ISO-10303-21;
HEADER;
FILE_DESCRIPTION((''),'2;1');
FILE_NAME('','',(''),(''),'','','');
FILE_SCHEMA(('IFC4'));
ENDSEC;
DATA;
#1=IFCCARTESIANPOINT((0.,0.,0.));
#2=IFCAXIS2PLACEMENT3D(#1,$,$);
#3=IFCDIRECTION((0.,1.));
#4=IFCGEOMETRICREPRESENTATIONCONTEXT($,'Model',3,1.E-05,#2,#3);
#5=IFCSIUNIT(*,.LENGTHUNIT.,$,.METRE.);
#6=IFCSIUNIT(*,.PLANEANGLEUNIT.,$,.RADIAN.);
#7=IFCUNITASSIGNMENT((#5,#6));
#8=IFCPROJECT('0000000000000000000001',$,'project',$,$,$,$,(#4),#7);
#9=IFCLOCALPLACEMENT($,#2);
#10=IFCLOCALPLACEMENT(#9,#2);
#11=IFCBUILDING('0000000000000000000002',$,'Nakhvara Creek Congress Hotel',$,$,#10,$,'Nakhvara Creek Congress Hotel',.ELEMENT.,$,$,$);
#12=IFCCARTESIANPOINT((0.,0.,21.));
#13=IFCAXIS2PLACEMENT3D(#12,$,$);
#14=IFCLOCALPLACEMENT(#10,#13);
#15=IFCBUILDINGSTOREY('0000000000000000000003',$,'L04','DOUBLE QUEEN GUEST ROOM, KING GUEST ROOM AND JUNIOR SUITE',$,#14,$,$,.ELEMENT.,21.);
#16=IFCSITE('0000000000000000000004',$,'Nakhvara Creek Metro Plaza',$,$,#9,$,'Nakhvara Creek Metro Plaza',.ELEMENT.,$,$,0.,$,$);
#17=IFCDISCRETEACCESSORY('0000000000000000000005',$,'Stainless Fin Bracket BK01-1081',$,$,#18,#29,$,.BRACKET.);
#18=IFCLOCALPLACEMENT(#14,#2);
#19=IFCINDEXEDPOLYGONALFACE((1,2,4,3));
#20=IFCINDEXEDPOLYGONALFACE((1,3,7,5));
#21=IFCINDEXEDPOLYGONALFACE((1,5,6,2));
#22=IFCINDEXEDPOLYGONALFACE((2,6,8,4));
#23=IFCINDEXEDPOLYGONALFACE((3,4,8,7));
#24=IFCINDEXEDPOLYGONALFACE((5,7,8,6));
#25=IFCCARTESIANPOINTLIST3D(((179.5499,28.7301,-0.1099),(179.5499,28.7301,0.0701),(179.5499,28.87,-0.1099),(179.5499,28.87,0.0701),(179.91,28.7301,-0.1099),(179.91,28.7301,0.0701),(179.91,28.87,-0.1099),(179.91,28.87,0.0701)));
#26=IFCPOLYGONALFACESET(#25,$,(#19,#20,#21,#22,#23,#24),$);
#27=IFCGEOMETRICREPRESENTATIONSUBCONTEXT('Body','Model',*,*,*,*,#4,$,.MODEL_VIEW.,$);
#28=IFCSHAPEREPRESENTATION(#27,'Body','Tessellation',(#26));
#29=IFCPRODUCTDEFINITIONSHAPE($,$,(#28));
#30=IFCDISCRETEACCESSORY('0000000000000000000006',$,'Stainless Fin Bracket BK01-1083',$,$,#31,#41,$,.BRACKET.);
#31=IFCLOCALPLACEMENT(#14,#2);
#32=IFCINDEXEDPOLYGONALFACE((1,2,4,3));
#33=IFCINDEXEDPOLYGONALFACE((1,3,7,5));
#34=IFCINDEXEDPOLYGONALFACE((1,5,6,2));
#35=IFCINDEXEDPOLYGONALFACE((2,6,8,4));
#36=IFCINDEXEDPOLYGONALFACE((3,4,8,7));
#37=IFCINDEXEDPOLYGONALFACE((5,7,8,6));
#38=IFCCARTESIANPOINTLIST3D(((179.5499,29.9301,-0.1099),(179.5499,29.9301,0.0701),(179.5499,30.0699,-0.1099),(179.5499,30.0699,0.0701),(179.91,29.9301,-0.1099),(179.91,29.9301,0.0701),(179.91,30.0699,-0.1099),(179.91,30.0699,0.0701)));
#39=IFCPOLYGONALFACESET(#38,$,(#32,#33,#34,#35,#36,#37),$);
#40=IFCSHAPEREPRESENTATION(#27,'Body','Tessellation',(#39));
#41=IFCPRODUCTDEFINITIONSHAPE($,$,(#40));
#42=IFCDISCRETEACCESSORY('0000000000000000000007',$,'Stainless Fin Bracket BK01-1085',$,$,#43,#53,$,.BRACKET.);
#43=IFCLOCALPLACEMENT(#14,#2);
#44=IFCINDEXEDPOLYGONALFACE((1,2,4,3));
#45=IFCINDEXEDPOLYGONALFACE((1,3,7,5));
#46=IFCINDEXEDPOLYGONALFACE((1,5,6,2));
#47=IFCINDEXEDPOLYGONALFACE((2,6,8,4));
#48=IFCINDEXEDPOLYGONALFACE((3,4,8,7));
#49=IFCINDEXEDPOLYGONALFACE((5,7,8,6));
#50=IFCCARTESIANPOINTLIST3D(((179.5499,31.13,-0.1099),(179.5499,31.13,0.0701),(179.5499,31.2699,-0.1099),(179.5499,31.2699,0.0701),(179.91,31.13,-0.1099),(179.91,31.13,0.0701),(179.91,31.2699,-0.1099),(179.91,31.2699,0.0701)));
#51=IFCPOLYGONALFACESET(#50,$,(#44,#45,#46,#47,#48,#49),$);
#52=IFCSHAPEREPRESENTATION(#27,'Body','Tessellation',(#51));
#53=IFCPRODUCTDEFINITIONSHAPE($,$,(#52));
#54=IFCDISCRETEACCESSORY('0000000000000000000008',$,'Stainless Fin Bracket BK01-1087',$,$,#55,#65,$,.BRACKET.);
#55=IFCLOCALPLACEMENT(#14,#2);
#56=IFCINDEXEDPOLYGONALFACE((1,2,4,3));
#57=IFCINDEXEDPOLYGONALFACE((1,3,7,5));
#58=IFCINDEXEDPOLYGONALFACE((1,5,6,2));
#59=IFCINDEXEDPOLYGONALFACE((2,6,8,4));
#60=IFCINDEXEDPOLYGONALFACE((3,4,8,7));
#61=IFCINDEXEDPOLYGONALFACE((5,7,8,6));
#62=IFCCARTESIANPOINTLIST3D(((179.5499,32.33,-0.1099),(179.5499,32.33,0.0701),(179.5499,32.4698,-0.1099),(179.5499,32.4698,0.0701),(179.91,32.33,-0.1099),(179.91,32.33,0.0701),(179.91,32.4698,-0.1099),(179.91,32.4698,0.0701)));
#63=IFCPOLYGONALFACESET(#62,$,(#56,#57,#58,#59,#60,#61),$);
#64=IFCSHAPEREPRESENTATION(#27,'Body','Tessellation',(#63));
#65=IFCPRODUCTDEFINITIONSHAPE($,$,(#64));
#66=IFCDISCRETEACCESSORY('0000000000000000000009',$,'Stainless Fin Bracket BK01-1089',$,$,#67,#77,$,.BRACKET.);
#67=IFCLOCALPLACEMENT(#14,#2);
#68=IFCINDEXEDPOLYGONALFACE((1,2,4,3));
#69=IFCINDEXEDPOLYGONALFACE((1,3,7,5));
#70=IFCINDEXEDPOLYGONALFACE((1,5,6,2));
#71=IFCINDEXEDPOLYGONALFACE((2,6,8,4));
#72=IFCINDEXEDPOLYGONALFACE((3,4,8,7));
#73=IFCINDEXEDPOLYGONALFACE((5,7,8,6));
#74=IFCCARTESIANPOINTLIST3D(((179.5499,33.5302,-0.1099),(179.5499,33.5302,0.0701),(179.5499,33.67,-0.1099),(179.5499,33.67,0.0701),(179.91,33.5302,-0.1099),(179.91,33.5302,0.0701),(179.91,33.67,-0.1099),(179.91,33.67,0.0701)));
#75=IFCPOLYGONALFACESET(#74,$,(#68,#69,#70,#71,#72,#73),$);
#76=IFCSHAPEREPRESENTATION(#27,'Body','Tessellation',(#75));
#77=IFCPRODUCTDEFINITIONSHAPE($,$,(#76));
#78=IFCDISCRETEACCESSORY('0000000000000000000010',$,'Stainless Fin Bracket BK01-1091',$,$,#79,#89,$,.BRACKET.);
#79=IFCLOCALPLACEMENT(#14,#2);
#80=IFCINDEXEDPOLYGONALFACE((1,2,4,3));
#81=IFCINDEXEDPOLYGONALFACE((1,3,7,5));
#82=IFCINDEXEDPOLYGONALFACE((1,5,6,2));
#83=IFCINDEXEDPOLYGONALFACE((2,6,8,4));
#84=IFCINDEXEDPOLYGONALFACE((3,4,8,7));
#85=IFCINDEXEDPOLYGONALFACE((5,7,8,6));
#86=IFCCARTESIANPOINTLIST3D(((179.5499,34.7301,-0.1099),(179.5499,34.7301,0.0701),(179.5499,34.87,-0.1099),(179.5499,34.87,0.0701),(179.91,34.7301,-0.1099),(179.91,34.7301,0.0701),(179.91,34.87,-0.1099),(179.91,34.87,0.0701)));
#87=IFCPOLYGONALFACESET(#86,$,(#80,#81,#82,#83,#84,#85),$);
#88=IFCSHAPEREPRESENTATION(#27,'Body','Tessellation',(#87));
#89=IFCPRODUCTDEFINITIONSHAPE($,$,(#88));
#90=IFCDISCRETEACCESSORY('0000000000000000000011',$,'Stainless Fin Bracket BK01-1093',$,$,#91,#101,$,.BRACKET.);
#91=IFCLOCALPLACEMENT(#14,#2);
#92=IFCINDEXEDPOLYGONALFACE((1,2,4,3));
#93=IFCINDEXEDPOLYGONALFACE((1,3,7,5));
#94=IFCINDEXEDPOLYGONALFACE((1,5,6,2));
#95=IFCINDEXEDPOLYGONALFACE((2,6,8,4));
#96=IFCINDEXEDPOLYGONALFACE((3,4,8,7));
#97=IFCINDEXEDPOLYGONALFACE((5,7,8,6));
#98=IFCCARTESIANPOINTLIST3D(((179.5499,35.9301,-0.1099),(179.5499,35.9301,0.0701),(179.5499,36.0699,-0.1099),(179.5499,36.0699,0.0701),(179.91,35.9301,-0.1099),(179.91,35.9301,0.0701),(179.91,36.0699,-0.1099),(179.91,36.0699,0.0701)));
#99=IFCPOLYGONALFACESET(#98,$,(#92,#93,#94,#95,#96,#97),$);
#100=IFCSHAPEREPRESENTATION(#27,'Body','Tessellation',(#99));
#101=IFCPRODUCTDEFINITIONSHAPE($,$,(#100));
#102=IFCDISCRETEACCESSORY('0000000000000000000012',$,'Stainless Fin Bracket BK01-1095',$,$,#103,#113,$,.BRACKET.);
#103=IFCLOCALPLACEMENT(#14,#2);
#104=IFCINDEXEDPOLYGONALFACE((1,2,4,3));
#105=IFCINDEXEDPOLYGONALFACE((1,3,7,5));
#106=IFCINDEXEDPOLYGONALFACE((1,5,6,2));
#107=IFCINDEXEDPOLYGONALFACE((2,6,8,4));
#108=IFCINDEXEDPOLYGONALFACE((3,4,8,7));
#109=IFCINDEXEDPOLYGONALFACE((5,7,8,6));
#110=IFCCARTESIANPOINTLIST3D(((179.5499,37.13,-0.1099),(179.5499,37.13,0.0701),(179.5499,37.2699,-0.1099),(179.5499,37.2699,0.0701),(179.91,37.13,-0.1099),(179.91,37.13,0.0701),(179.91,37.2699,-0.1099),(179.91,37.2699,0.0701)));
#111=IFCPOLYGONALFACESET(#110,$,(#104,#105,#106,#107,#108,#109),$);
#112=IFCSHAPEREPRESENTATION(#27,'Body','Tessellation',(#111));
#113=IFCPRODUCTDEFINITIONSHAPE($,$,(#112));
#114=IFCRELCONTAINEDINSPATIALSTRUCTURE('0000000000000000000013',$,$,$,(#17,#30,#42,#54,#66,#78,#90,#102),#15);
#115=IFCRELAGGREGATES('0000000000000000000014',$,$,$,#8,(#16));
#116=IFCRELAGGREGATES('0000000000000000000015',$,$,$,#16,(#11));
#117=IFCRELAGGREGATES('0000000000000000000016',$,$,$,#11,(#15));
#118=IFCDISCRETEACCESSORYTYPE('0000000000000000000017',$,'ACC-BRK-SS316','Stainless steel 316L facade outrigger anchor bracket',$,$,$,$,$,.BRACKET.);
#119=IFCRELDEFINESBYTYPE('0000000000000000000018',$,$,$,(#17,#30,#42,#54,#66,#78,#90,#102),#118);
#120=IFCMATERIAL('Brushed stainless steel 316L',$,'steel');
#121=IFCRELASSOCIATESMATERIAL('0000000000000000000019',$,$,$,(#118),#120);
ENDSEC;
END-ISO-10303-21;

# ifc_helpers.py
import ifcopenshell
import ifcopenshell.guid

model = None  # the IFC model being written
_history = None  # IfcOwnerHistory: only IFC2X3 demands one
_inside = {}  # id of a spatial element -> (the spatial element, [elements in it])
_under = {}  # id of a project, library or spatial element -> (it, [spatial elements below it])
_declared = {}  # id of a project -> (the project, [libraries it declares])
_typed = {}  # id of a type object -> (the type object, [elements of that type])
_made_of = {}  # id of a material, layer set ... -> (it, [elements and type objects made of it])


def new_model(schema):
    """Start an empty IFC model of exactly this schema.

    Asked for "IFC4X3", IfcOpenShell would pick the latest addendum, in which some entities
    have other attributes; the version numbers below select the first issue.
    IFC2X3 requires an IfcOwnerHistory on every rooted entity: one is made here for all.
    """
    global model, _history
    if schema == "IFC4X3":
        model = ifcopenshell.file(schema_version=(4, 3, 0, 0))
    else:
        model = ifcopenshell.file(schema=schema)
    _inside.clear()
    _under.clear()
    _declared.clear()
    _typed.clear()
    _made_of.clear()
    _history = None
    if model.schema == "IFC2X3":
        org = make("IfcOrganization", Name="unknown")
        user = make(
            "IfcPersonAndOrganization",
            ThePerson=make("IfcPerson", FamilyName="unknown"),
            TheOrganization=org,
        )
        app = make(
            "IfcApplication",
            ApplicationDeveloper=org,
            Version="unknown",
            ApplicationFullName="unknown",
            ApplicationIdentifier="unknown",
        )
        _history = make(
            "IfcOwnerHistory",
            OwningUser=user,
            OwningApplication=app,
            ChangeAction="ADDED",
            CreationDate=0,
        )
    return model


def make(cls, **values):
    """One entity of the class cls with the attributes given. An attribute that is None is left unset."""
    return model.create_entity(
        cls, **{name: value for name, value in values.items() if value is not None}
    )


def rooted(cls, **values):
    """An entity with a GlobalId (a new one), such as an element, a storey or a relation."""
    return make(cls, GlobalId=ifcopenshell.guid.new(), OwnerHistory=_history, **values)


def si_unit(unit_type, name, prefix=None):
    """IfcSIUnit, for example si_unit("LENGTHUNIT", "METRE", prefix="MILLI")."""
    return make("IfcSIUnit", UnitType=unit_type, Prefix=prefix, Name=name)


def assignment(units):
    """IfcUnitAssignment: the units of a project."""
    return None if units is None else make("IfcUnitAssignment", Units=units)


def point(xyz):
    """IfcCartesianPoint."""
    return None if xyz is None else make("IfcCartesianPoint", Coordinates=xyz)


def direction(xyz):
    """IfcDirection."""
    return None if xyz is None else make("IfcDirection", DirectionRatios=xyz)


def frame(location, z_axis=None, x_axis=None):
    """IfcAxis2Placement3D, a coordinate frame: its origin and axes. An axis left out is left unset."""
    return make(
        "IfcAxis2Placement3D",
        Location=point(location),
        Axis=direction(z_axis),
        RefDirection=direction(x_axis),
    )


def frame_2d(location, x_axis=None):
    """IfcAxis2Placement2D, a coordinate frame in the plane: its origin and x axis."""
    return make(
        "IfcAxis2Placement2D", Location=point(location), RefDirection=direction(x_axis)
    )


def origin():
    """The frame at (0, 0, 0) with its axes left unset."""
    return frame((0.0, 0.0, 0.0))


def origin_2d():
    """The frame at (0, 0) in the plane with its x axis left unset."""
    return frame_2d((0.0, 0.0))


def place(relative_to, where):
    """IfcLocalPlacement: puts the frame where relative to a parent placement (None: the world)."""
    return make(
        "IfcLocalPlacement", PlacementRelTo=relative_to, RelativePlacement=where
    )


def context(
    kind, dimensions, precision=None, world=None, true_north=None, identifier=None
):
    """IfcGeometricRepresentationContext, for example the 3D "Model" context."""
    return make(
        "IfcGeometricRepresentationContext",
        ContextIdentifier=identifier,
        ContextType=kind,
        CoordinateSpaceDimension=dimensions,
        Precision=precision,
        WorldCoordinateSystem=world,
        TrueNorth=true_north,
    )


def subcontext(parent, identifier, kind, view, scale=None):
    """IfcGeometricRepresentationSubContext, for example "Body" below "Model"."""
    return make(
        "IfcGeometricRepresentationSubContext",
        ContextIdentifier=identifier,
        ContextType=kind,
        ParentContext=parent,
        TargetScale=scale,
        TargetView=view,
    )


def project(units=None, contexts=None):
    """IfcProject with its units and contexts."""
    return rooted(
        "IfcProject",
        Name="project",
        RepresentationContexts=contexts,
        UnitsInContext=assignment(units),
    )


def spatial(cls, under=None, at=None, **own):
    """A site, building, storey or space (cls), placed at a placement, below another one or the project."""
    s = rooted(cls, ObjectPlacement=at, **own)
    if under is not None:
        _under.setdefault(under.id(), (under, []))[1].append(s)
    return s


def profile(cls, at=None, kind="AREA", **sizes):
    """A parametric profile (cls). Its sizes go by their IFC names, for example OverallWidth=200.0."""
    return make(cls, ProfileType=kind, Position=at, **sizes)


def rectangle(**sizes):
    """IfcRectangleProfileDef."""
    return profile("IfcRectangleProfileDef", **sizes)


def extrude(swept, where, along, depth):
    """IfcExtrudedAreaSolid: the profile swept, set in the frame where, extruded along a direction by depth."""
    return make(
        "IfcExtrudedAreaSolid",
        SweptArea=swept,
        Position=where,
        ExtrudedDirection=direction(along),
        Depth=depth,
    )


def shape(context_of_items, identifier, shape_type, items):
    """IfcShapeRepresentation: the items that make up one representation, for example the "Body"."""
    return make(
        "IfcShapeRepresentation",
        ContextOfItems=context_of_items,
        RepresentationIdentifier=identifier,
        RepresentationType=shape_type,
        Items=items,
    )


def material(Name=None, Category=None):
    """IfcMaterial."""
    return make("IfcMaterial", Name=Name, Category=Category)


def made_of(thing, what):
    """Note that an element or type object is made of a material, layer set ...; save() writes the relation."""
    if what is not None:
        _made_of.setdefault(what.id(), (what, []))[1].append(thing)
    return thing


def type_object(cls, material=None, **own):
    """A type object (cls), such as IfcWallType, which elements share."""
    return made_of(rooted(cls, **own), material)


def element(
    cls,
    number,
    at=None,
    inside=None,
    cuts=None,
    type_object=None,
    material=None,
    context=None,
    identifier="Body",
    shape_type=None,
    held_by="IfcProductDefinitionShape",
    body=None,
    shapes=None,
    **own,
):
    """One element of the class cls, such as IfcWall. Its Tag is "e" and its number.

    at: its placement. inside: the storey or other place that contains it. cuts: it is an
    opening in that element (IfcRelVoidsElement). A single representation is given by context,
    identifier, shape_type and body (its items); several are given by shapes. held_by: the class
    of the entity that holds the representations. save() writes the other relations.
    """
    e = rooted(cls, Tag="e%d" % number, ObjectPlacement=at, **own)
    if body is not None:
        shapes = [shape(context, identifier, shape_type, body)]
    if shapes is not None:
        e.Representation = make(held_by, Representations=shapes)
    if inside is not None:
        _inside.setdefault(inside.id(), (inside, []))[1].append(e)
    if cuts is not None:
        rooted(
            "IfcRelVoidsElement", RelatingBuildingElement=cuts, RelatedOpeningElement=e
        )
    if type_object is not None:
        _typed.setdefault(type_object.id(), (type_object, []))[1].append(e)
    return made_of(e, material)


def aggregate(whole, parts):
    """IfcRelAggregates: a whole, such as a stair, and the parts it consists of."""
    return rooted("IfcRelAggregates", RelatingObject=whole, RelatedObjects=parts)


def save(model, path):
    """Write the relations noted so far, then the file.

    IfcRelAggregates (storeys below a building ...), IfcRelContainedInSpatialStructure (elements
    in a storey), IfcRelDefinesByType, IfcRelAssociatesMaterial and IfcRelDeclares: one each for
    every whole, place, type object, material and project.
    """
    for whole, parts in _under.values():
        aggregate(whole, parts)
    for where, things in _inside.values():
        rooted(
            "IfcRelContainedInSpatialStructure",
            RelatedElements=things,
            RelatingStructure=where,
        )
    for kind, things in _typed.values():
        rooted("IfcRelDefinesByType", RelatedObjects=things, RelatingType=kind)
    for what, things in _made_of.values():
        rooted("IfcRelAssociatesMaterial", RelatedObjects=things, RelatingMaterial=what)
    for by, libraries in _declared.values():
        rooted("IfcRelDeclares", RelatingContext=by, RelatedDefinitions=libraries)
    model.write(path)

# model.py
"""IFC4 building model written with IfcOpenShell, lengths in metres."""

from ifc_helpers import new_model, si_unit, direction, frame, origin, origin_2d, place, context, subcontext, project, spatial, rectangle, extrude, material, type_object, element, save


model = new_model("IFC4")

# Units and contexts
model_context = context("Model", 3, precision=1e-05, world=origin(), true_north=direction((0.0, 1.0)))
body_context = subcontext(model_context, "Body", "Model", "MODEL_VIEW")
ifc_project = project(units=[si_unit("LENGTHUNIT", "METRE"), si_unit("PLANEANGLEUNIT", "RADIAN")], contexts=[model_context])

# Site, building, storey
site_placement = place(None, origin())
site = spatial("IfcSite", under=ifc_project, at=site_placement, Name="Nakhvara Creek Metro Plaza", LongName="Nakhvara Creek Metro Plaza", CompositionType="ELEMENT", RefElevation=0.0)
building_placement = place(site_placement, origin())
building = spatial("IfcBuilding", under=site, at=building_placement, Name="Nakhvara Creek Congress Hotel", LongName="Nakhvara Creek Congress Hotel", CompositionType="ELEMENT")
storey_placement = place(building_placement, frame((0.0, 0.0, 21.0)))
storey = spatial("IfcBuildingStorey", under=building, at=storey_placement, Name="L04", Description="DOUBLE QUEEN GUEST ROOM, KING GUEST ROOM AND JUNIOR SUITE", CompositionType="ELEMENT", Elevation=21.0)

# Discrete accessories
ifc_material_1 = material(Name="Brushed stainless steel 316L", Category="steel")
discrete_accessory_type = type_object("IfcDiscreteAccessoryType", Name="ACC-BRK-SS316", Description="Stainless steel 316L facade outrigger anchor bracket", PredefinedType="BRACKET", material=ifc_material_1)
for number, where, z_axis, x_axis, name in (
    (1, (179.73, 28.8, -0.1099), (0.0, 0.0, 1.0), (0.0, 1.0, 0.0), "Stainless Fin Bracket BK01-1081"),
    (2, (179.73, 30.0, -0.1099), (0.0, 0.0, 1.0), (0.0, 1.0, 0.0), "Stainless Fin Bracket BK01-1083"),
    (3, (179.73, 31.2, -0.1099), (0.0, 0.0, 1.0), (0.0, 1.0, 0.0), "Stainless Fin Bracket BK01-1085"),
    (4, (179.73, 32.3999, -0.1099), (0.0, 0.0, 1.0), (0.0, 1.0, 0.0), "Stainless Fin Bracket BK01-1087"),
    (5, (179.73, 33.6001, -0.1099), (0.0, 0.0, 1.0), (0.0, 1.0, 0.0), "Stainless Fin Bracket BK01-1089"),
    (6, (179.73, 34.8, -0.1099), (0.0, 0.0, 1.0), (0.0, 1.0, 0.0), "Stainless Fin Bracket BK01-1091"),
    (7, (179.73, 36.0, -0.1099), (0.0, 0.0, 1.0), (0.0, 1.0, 0.0), "Stainless Fin Bracket BK01-1093"),
    (8, (179.73, 37.2, -0.1099), (0.0, 0.0, 1.0), (0.0, 1.0, 0.0), "Stainless Fin Bracket BK01-1095"),
):
    element("IfcDiscreteAccessory", number, at=place(storey_placement, frame(where, z_axis=z_axis, x_axis=x_axis)), inside=storey, type_object=discrete_accessory_type, Name=name, PredefinedType="BRACKET", context=body_context, shape_type="SweptSolid", body=[
        extrude(rectangle(XDim=0.1399, YDim=0.3601, at=origin_2d()), origin(), (0.0, 0.0, 1.0), 0.1799),
    ])

save(model, "model.ifc")
